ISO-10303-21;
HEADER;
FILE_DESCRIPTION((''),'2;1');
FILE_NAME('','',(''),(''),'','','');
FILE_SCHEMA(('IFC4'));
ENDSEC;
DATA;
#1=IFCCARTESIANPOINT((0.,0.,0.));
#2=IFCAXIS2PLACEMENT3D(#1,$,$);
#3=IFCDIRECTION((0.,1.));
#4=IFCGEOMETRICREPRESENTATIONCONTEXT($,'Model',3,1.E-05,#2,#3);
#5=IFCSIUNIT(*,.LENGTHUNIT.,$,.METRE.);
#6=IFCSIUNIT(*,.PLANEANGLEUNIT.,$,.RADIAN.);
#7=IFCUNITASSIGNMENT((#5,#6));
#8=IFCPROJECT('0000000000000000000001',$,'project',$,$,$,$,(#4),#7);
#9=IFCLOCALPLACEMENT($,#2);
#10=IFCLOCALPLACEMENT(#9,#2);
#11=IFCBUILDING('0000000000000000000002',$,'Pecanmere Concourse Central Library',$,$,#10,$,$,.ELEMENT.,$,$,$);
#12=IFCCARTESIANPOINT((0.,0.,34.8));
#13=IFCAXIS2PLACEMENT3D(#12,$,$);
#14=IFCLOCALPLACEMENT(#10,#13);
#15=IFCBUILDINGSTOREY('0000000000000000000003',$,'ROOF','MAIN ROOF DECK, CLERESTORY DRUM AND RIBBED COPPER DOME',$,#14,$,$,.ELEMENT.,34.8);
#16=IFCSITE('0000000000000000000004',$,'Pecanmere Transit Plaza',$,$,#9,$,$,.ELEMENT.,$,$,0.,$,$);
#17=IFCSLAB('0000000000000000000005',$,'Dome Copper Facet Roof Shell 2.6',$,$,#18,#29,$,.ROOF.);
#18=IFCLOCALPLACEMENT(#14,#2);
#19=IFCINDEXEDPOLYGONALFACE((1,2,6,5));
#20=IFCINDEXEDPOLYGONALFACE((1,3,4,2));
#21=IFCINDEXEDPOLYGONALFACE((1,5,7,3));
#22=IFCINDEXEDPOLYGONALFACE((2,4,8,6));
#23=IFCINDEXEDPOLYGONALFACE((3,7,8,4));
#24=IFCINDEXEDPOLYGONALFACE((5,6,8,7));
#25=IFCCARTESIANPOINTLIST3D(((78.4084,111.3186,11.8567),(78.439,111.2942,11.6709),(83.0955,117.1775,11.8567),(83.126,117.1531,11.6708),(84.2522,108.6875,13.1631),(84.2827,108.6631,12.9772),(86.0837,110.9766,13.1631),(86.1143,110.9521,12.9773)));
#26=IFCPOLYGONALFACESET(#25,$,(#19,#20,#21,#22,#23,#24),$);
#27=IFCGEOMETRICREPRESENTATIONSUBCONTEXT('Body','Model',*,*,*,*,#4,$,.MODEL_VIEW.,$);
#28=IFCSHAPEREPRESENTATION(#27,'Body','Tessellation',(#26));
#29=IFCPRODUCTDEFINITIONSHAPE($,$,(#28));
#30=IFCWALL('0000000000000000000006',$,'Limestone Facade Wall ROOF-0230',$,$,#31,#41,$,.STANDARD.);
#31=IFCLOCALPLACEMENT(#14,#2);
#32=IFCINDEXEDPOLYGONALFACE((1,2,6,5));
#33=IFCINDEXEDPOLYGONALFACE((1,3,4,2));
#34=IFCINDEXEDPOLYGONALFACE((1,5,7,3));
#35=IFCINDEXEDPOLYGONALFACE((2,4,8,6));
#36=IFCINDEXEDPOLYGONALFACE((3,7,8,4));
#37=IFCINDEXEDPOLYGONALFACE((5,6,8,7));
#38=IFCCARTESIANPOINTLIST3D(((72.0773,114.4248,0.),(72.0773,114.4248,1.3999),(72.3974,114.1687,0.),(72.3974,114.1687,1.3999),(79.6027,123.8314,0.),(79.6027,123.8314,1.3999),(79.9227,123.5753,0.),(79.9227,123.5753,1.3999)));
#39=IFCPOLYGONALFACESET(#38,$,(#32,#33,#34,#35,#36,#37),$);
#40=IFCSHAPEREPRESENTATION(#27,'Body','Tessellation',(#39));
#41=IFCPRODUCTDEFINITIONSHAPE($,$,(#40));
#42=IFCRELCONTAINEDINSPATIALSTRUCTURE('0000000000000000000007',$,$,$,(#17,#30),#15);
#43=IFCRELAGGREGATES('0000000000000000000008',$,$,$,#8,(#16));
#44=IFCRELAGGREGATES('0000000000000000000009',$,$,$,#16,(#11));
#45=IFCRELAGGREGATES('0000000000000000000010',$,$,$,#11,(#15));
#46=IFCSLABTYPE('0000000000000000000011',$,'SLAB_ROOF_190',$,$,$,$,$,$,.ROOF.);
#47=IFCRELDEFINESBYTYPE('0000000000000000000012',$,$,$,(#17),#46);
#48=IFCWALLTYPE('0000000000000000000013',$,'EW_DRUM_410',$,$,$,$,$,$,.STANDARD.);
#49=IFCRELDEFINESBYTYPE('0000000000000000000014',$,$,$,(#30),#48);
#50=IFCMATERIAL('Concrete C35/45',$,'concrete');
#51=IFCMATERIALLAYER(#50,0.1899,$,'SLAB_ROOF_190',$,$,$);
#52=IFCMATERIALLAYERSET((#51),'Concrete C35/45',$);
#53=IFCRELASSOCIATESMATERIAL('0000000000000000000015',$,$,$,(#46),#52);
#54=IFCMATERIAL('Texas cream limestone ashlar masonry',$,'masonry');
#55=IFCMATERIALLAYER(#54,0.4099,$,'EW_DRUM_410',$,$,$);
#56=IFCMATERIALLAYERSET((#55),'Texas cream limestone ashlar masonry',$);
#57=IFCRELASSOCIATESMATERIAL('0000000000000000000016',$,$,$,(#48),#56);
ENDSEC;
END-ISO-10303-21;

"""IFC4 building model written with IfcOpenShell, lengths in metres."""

from ifc_helpers import new_model, si_unit, direction, frame, frame_2d, origin, place, context, subcontext, project, spatial, polyline, rectangle, outline, extrude, material, layer, layer_set, type_object, element, save


model = new_model("IFC4")

# Units and contexts
model_context = context("Model", 3, precision=1e-05, world=origin(), true_north=direction((0.0, 1.0)))
body_context = subcontext(model_context, "Body", "Model", "MODEL_VIEW")
ifc_project = project(units=[si_unit("LENGTHUNIT", "METRE"), si_unit("PLANEANGLEUNIT", "RADIAN")], contexts=[model_context])

# Site, building, storey
site_placement = place(None, origin())
site = spatial("IfcSite", under=ifc_project, at=site_placement, Name="Pecanmere Transit Plaza", CompositionType="ELEMENT", RefElevation=0.0)
building_placement = place(site_placement, origin())
building = spatial("IfcBuilding", under=site, at=building_placement, Name="Pecanmere Concourse Central Library", CompositionType="ELEMENT")
storey_placement = place(building_placement, frame((0.0, 0.0, 34.8)))
storey = spatial("IfcBuildingStorey", under=building, at=storey_placement, Name="ROOF", Description="MAIN ROOF DECK, CLERESTORY DRUM AND RIBBED COPPER DOME", CompositionType="ELEMENT", Elevation=34.8)

# Slab
ifc_material_1 = material(Name="Concrete C35/45", Category="concrete")
ifc_layer_1 = layer(ifc_material_1, 0.1899, Name="SLAB_ROOF_190")
ifc_layer_set_1 = layer_set([ifc_layer_1], Name="Concrete C35/45")
slab_type = type_object("IfcSlabType", Name="SLAB_ROOF_190", PredefinedType="ROOF", material=ifc_layer_set_1)
slab_1_placement = place(storey_placement, frame((83.0955, 117.1775, 11.8567), z_axis=(-0.160825, 0.128664, 0.978561), x_axis=(-0.624688, -0.780875, 0.000005)))
element("IfcSlab", 1, at=slab_1_placement, inside=storey, type_object=slab_type, Name="Dome Copper Facet Roof Shell 2.6", PredefinedType="ROOF", context=body_context, shape_type="SweptSolid", body=[
    extrude(outline(polyline([(0.0, 0.0), (7.503, 0.0), (5.907, 6.3428), (2.9754, 6.3431), (0.0, 0.0)])), origin(), (0.0, 0.0, -1.0), 0.1899),
])

# Wall
ifc_material_2 = material(Name="Texas cream limestone ashlar masonry", Category="masonry")
ifc_layer_2 = layer(ifc_material_2, 0.4099, Name="EW_DRUM_410")
ifc_layer_set_2 = layer_set([ifc_layer_2], Name="Texas cream limestone ashlar masonry")
wall_type = type_object("IfcWallType", Name="EW_DRUM_410", PredefinedType="STANDARD", material=ifc_layer_set_2)
wall_placement = place(storey_placement, frame((79.7627, 123.7034, 0.0), z_axis=(0.0, 0.0, 1.0), x_axis=(-0.624695, -0.780869, 0.0)))
element("IfcWall", 2, at=wall_placement, inside=storey, type_object=wall_type, Name="Limestone Facade Wall ROOF-0230", PredefinedType="STANDARD", context=body_context, shape_type="SweptSolid", body=[
    extrude(rectangle(XDim=12.0464, YDim=0.4099, at=frame_2d((6.0232, 0.0))), origin(), (0.0, 0.0, 1.0), 1.3999),
])

save(model, "model.ifc")
